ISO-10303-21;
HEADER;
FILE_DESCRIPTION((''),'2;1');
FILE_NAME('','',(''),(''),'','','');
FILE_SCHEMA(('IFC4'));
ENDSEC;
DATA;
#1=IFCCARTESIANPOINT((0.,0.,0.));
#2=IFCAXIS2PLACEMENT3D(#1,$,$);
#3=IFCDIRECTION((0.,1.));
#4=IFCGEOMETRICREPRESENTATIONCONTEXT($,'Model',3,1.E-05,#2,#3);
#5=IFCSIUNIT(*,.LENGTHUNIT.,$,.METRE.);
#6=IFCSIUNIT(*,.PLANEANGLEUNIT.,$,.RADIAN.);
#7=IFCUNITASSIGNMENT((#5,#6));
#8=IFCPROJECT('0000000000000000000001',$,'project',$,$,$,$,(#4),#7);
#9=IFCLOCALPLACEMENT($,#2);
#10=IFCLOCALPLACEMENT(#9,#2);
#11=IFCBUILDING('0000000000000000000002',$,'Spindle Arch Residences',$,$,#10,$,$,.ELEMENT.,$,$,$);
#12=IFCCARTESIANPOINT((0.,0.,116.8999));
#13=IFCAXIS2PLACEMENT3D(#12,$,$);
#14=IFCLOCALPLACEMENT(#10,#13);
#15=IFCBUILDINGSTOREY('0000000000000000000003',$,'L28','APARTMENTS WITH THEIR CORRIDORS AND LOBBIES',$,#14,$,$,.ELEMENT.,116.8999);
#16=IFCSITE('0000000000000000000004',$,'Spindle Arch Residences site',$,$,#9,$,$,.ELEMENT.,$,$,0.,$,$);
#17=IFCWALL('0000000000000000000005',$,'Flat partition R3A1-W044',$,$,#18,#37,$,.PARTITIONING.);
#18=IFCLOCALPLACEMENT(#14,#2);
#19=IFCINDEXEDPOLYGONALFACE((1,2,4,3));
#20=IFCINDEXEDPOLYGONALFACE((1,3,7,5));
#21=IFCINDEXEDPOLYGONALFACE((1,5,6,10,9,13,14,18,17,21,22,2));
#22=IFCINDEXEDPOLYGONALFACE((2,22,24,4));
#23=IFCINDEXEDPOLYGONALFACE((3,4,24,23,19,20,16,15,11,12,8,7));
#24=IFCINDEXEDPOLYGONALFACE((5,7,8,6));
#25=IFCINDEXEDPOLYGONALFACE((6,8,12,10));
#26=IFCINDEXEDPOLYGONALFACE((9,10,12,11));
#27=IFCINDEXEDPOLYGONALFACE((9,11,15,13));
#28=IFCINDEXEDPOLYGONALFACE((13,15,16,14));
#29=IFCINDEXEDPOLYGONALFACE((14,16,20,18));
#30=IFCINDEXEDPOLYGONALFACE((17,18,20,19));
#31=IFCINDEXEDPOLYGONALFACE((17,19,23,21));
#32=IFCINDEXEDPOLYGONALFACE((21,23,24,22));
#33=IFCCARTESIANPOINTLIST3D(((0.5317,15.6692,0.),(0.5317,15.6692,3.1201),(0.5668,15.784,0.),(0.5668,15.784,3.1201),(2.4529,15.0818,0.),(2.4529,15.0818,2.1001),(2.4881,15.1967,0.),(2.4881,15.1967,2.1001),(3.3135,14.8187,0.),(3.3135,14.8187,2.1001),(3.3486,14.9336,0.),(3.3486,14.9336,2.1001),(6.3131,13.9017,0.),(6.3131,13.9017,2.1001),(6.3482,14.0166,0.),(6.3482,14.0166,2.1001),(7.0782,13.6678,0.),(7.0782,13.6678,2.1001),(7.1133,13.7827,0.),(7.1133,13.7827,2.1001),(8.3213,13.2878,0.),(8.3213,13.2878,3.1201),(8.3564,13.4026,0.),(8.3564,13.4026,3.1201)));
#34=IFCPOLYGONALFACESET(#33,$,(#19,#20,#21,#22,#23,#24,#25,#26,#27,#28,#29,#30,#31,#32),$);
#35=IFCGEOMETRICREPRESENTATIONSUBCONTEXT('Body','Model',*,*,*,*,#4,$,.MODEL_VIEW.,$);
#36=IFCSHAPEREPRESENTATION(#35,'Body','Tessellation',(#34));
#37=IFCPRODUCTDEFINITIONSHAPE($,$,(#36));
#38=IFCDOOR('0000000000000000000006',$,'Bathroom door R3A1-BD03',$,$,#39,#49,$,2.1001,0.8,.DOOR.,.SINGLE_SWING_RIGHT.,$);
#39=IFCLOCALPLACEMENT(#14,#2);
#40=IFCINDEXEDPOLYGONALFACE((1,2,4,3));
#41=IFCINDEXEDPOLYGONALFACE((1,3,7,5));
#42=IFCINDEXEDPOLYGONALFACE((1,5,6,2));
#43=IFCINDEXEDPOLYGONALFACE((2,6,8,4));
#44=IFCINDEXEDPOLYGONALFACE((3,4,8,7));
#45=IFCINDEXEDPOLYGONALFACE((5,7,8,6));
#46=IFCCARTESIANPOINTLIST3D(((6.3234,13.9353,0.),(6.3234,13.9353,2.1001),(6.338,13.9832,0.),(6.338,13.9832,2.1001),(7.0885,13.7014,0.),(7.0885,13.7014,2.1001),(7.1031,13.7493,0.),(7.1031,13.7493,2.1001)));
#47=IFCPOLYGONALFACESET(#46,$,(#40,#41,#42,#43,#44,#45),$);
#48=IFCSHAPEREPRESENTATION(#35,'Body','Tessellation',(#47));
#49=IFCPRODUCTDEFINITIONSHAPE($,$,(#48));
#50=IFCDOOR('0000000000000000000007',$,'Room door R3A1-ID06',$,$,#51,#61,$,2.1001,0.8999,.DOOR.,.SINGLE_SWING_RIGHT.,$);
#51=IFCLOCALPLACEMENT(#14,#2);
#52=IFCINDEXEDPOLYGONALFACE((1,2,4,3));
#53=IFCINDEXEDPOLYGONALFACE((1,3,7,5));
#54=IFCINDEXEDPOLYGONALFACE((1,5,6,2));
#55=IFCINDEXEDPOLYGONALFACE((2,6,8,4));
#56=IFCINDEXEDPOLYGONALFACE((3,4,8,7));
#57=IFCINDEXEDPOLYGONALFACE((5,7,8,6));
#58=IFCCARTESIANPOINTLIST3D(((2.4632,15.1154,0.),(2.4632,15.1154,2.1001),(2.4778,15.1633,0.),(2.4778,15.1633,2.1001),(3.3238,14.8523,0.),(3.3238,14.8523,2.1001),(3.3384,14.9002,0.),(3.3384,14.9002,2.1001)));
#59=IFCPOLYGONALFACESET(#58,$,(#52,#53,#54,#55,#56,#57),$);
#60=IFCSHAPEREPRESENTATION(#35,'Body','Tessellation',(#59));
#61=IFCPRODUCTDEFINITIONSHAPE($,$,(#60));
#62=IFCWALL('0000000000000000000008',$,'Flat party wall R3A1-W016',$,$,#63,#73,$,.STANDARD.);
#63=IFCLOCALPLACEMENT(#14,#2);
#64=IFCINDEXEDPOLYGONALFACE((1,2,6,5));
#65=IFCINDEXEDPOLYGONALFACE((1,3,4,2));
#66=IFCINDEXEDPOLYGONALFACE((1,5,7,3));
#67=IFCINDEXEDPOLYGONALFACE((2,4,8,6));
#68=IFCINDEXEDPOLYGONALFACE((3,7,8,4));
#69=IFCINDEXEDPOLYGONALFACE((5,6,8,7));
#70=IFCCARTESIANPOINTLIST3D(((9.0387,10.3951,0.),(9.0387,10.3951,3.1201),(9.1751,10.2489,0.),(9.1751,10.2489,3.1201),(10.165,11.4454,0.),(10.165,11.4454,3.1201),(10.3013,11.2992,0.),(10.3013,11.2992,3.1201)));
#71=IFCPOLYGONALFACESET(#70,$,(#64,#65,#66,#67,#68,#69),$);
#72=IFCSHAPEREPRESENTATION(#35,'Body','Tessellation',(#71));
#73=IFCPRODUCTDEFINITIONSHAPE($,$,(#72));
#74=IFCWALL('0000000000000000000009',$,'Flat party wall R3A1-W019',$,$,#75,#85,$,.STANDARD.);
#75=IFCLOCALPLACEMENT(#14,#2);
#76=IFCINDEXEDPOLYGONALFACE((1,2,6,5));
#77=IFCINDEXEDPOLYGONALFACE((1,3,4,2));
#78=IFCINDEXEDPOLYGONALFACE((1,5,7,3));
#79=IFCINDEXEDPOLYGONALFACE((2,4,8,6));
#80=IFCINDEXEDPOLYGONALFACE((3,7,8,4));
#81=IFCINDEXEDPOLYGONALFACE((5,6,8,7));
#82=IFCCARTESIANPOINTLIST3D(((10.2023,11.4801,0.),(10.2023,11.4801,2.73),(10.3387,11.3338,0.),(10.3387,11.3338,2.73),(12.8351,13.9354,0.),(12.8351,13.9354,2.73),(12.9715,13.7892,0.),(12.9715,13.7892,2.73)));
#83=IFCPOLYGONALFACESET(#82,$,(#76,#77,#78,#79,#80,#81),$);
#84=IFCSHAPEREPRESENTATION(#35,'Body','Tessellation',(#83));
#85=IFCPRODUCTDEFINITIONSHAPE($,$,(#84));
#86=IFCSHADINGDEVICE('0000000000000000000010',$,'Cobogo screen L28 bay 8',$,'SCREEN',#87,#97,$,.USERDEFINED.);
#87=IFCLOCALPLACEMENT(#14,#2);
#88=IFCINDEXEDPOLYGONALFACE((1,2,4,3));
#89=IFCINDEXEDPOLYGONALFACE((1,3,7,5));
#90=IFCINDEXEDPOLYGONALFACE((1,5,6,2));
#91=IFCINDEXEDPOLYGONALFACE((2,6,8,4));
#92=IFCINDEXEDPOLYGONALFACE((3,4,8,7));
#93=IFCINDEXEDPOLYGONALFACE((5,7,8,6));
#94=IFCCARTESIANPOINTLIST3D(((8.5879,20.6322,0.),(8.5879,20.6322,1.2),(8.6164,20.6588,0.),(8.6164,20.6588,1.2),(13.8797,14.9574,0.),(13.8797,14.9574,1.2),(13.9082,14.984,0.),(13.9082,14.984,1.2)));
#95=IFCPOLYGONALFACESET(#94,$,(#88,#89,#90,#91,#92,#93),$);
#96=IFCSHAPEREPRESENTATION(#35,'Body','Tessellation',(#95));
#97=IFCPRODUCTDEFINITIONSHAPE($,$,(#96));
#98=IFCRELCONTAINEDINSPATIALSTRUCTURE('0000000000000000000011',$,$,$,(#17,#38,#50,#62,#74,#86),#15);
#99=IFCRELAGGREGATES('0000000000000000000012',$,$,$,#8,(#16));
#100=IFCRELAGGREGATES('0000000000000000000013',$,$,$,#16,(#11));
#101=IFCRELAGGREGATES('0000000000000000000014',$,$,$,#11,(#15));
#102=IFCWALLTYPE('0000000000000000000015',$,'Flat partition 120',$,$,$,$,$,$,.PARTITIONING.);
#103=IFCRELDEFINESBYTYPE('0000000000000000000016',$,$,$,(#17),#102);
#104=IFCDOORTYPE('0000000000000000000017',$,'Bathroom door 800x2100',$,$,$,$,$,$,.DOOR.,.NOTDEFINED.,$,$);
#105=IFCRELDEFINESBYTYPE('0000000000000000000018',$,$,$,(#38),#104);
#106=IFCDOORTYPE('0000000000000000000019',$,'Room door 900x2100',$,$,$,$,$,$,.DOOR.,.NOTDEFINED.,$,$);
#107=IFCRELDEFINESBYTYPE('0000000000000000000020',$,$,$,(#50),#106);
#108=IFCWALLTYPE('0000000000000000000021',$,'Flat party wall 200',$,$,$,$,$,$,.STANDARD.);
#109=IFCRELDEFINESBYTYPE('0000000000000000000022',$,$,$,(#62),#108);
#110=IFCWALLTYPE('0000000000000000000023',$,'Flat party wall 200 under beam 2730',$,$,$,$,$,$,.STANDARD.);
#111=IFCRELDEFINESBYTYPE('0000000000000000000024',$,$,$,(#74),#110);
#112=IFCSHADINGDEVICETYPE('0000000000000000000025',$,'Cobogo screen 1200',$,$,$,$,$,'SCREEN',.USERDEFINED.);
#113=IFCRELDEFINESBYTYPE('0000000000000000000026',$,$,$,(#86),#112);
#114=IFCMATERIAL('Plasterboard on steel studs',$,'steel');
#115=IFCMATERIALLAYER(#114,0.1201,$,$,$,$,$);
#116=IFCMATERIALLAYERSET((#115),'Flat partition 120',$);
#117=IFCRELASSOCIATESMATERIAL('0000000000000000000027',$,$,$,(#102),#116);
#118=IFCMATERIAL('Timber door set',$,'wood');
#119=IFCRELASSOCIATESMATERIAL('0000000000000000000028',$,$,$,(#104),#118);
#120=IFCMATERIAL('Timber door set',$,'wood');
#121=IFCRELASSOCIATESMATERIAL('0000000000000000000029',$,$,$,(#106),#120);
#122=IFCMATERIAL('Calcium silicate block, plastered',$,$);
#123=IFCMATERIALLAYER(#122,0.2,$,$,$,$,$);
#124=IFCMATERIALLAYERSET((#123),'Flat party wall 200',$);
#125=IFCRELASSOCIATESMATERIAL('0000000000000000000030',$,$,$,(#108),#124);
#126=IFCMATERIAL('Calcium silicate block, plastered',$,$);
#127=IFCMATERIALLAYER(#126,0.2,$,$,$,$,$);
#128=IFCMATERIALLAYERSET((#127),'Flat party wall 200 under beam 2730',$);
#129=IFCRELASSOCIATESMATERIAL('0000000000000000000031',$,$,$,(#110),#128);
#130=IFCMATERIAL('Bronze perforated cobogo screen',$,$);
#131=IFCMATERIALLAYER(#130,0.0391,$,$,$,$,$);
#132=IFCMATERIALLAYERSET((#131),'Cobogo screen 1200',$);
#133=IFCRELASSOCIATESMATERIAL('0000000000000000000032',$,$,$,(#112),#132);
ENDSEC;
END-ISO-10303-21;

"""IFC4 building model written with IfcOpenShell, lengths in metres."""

from ifc_helpers import new_model, si_unit, direction, frame, frame_2d, origin, origin_2d, place, context, subcontext, project, spatial, rectangle, extrude, material, layer, layer_set, type_object, element, fill, save


model = new_model("IFC4")

# Units and contexts
model_context = context("Model", 3, precision=1e-05, world=origin(), true_north=direction((0.0, 1.0)))
body_context = subcontext(model_context, "Body", "Model", "MODEL_VIEW")
ifc_project = project(units=[si_unit("LENGTHUNIT", "METRE"), si_unit("PLANEANGLEUNIT", "RADIAN")], contexts=[model_context])

# Site, building, storey
site_placement = place(None, origin())
site = spatial("IfcSite", under=ifc_project, at=site_placement, Name="Spindle Arch Residences site", CompositionType="ELEMENT", RefElevation=0.0)
building_placement = place(site_placement, origin())
building = spatial("IfcBuilding", under=site, at=building_placement, Name="Spindle Arch Residences", CompositionType="ELEMENT")
storey_placement = place(building_placement, frame((0.0, 0.0, 116.8999)))
storey = spatial("IfcBuildingStorey", under=building, at=storey_placement, Name="L28", Description="APARTMENTS WITH THEIR CORRIDORS AND LOBBIES", CompositionType="ELEMENT", Elevation=116.8999)

# Shared definitions
ifc_material_1 = material(Name="Plasterboard on steel studs", Category="steel")
ifc_layer_1 = layer(ifc_material_1, 0.1201)
ifc_layer_set_1 = layer_set([ifc_layer_1], Name="Flat partition 120")
wall_type_1 = type_object("IfcWallType", Name="Flat partition 120", PredefinedType="PARTITIONING", material=ifc_layer_set_1)

# Wall, openings, doors
wall_1_placement = place(storey_placement, frame((8.3389, 13.3452, 0.0), z_axis=(0.0, 0.0, 1.0), x_axis=(-0.95631, 0.292354, 0.0)))
wall_1 = element("IfcWall", 1, at=wall_1_placement, inside=storey, type_object=wall_type_1, Name="Flat partition R3A1-W044", PredefinedType="PARTITIONING", context=body_context, shape_type="SweptSolid", body=[
    extrude(rectangle(XDim=8.1455, YDim=0.1201, at=frame_2d((4.0728, 0.0))), origin(), (0.0, 0.0, 1.0), 3.1201),
])
opening_1_placement = place(wall_1_placement, frame((1.3, 0.0, 0.0)))
opening_1 = element("IfcOpeningElement", 2, at=opening_1_placement, cuts=wall_1, PredefinedType="OPENING", context=body_context, shape_type="SweptSolid", body=[
    extrude(rectangle(XDim=0.8, YDim=2.1001, at=frame_2d((0.3999, 1.05))), frame((0.0, 0.0701, 0.0), z_axis=(0.0, -1.0, 0.0), x_axis=(1.0, 0.0, 0.0)), (0.0, 0.0, 1.0), 0.1401),
])
opening_2_placement = place(wall_1_placement, frame((5.2366, 0.0, 0.0)))
opening_2 = element("IfcOpeningElement", 3, at=opening_2_placement, cuts=wall_1, PredefinedType="OPENING", context=body_context, shape_type="SweptSolid", body=[
    extrude(rectangle(XDim=0.8999, YDim=2.1001, at=frame_2d((0.45, 1.05))), frame((0.0, 0.0701, 0.0), z_axis=(0.0, -1.0, 0.0), x_axis=(1.0, 0.0, 0.0)), (0.0, 0.0, 1.0), 0.1401),
])
ifc_material_2 = material(Name="Timber door set", Category="wood")
door_type_1 = type_object("IfcDoorType", Name="Bathroom door 800x2100", OperationType="NOTDEFINED", PredefinedType="DOOR", material=ifc_material_2)
door_1_placement = place(opening_1_placement, origin())
door_1 = element("IfcDoor", 4, at=door_1_placement, inside=storey, type_object=door_type_1, Name="Bathroom door R3A1-BD03", OperationType="SINGLE_SWING_RIGHT", OverallHeight=2.1001, OverallWidth=0.8, PredefinedType="DOOR", context=body_context, shape_type="SweptSolid", body=[
    extrude(rectangle(XDim=0.8, YDim=2.1001, at=frame_2d((0.3999, 1.05))), frame((0.0, 0.0249, 0.0), z_axis=(0.0, -1.0, 0.0), x_axis=(1.0, 0.0, 0.0)), (0.0, 0.0, 1.0), 0.05),
])
fill(opening_1, door_1)
ifc_material_3 = material(Name="Timber door set", Category="wood")
door_type_2 = type_object("IfcDoorType", Name="Room door 900x2100", OperationType="NOTDEFINED", PredefinedType="DOOR", material=ifc_material_3)
door_2_placement = place(opening_2_placement, origin())
door_2 = element("IfcDoor", 5, at=door_2_placement, inside=storey, type_object=door_type_2, Name="Room door R3A1-ID06", OperationType="SINGLE_SWING_RIGHT", OverallHeight=2.1001, OverallWidth=0.8999, PredefinedType="DOOR", context=body_context, shape_type="SweptSolid", body=[
    extrude(rectangle(XDim=0.8999, YDim=2.1001, at=frame_2d((0.45, 1.05))), frame((0.0, 0.0249, 0.0), z_axis=(0.0, -1.0, 0.0), x_axis=(1.0, 0.0, 0.0)), (0.0, 0.0, 1.0), 0.05),
])
fill(opening_2, door_2)

# Walls
ifc_material_4 = material(Name="Calcium silicate block, plastered")
ifc_layer_2 = layer(ifc_material_4, 0.2)
ifc_layer_set_2 = layer_set([ifc_layer_2], Name="Flat party wall 200")
wall_type_2 = type_object("IfcWallType", Name="Flat party wall 200", PredefinedType="STANDARD", material=ifc_layer_set_2)
wall_2_placement = place(storey_placement, frame((10.2332, 11.3723, 0.0), z_axis=(0.0, 0.0, 1.0), x_axis=(-0.731329, -0.682024, 0.0)))
element("IfcWall", 6, at=wall_2_placement, inside=storey, type_object=wall_type_2, Name="Flat party wall R3A1-W016", PredefinedType="STANDARD", context=body_context, shape_type="SweptSolid", body=[
    extrude(rectangle(XDim=1.54, YDim=0.2, at=frame_2d((0.77, 0.0))), origin(), (0.0, 0.0, 1.0), 3.1201),
])
ifc_material_5 = material(Name="Calcium silicate block, plastered")
ifc_layer_3 = layer(ifc_material_5, 0.2)
ifc_layer_set_3 = layer_set([ifc_layer_3], Name="Flat party wall 200 under beam 2730")
wall_type_3 = type_object("IfcWallType", Name="Flat party wall 200 under beam 2730", PredefinedType="STANDARD", material=ifc_layer_set_3)
wall_3_placement = place(storey_placement, frame((12.9033, 13.8623, 0.0), z_axis=(0.0, 0.0, 1.0), x_axis=(-0.731328, -0.682026, 0.0)))
element("IfcWall", 7, at=wall_3_placement, inside=storey, type_object=wall_type_3, Name="Flat party wall R3A1-W019", PredefinedType="STANDARD", context=body_context, shape_type="SweptSolid", body=[
    extrude(rectangle(XDim=3.6001, YDim=0.2, at=frame_2d((1.8, 0.0))), origin(), (0.0, 0.0, 1.0), 2.73),
])

# Shading device
ifc_material_6 = material(Name="Bronze perforated cobogo screen")
ifc_layer_4 = layer(ifc_material_6, 0.0391)
ifc_layer_set_4 = layer_set([ifc_layer_4], Name="Cobogo screen 1200")
shading_device_type = type_object("IfcShadingDeviceType", Name="Cobogo screen 1200", ElementType="SCREEN", PredefinedType="USERDEFINED", material=ifc_layer_set_4)
shading_device_placement = place(storey_placement, frame((11.248, 17.8081, 0.0), z_axis=(0.0, 0.0, 1.0), x_axis=(-0.681998, 0.731354, 0.0)))
element("IfcShadingDevice", 8, at=shading_device_placement, inside=storey, type_object=shading_device_type, Name="Cobogo screen L28 bay 8", ObjectType="SCREEN", PredefinedType="USERDEFINED", context=body_context, shape_type="SweptSolid", body=[
    extrude(rectangle(XDim=7.7593, YDim=0.0391, at=origin_2d()), origin(), (0.0, 0.0, 1.0), 1.2),
])

save(model, "model.ifc")
